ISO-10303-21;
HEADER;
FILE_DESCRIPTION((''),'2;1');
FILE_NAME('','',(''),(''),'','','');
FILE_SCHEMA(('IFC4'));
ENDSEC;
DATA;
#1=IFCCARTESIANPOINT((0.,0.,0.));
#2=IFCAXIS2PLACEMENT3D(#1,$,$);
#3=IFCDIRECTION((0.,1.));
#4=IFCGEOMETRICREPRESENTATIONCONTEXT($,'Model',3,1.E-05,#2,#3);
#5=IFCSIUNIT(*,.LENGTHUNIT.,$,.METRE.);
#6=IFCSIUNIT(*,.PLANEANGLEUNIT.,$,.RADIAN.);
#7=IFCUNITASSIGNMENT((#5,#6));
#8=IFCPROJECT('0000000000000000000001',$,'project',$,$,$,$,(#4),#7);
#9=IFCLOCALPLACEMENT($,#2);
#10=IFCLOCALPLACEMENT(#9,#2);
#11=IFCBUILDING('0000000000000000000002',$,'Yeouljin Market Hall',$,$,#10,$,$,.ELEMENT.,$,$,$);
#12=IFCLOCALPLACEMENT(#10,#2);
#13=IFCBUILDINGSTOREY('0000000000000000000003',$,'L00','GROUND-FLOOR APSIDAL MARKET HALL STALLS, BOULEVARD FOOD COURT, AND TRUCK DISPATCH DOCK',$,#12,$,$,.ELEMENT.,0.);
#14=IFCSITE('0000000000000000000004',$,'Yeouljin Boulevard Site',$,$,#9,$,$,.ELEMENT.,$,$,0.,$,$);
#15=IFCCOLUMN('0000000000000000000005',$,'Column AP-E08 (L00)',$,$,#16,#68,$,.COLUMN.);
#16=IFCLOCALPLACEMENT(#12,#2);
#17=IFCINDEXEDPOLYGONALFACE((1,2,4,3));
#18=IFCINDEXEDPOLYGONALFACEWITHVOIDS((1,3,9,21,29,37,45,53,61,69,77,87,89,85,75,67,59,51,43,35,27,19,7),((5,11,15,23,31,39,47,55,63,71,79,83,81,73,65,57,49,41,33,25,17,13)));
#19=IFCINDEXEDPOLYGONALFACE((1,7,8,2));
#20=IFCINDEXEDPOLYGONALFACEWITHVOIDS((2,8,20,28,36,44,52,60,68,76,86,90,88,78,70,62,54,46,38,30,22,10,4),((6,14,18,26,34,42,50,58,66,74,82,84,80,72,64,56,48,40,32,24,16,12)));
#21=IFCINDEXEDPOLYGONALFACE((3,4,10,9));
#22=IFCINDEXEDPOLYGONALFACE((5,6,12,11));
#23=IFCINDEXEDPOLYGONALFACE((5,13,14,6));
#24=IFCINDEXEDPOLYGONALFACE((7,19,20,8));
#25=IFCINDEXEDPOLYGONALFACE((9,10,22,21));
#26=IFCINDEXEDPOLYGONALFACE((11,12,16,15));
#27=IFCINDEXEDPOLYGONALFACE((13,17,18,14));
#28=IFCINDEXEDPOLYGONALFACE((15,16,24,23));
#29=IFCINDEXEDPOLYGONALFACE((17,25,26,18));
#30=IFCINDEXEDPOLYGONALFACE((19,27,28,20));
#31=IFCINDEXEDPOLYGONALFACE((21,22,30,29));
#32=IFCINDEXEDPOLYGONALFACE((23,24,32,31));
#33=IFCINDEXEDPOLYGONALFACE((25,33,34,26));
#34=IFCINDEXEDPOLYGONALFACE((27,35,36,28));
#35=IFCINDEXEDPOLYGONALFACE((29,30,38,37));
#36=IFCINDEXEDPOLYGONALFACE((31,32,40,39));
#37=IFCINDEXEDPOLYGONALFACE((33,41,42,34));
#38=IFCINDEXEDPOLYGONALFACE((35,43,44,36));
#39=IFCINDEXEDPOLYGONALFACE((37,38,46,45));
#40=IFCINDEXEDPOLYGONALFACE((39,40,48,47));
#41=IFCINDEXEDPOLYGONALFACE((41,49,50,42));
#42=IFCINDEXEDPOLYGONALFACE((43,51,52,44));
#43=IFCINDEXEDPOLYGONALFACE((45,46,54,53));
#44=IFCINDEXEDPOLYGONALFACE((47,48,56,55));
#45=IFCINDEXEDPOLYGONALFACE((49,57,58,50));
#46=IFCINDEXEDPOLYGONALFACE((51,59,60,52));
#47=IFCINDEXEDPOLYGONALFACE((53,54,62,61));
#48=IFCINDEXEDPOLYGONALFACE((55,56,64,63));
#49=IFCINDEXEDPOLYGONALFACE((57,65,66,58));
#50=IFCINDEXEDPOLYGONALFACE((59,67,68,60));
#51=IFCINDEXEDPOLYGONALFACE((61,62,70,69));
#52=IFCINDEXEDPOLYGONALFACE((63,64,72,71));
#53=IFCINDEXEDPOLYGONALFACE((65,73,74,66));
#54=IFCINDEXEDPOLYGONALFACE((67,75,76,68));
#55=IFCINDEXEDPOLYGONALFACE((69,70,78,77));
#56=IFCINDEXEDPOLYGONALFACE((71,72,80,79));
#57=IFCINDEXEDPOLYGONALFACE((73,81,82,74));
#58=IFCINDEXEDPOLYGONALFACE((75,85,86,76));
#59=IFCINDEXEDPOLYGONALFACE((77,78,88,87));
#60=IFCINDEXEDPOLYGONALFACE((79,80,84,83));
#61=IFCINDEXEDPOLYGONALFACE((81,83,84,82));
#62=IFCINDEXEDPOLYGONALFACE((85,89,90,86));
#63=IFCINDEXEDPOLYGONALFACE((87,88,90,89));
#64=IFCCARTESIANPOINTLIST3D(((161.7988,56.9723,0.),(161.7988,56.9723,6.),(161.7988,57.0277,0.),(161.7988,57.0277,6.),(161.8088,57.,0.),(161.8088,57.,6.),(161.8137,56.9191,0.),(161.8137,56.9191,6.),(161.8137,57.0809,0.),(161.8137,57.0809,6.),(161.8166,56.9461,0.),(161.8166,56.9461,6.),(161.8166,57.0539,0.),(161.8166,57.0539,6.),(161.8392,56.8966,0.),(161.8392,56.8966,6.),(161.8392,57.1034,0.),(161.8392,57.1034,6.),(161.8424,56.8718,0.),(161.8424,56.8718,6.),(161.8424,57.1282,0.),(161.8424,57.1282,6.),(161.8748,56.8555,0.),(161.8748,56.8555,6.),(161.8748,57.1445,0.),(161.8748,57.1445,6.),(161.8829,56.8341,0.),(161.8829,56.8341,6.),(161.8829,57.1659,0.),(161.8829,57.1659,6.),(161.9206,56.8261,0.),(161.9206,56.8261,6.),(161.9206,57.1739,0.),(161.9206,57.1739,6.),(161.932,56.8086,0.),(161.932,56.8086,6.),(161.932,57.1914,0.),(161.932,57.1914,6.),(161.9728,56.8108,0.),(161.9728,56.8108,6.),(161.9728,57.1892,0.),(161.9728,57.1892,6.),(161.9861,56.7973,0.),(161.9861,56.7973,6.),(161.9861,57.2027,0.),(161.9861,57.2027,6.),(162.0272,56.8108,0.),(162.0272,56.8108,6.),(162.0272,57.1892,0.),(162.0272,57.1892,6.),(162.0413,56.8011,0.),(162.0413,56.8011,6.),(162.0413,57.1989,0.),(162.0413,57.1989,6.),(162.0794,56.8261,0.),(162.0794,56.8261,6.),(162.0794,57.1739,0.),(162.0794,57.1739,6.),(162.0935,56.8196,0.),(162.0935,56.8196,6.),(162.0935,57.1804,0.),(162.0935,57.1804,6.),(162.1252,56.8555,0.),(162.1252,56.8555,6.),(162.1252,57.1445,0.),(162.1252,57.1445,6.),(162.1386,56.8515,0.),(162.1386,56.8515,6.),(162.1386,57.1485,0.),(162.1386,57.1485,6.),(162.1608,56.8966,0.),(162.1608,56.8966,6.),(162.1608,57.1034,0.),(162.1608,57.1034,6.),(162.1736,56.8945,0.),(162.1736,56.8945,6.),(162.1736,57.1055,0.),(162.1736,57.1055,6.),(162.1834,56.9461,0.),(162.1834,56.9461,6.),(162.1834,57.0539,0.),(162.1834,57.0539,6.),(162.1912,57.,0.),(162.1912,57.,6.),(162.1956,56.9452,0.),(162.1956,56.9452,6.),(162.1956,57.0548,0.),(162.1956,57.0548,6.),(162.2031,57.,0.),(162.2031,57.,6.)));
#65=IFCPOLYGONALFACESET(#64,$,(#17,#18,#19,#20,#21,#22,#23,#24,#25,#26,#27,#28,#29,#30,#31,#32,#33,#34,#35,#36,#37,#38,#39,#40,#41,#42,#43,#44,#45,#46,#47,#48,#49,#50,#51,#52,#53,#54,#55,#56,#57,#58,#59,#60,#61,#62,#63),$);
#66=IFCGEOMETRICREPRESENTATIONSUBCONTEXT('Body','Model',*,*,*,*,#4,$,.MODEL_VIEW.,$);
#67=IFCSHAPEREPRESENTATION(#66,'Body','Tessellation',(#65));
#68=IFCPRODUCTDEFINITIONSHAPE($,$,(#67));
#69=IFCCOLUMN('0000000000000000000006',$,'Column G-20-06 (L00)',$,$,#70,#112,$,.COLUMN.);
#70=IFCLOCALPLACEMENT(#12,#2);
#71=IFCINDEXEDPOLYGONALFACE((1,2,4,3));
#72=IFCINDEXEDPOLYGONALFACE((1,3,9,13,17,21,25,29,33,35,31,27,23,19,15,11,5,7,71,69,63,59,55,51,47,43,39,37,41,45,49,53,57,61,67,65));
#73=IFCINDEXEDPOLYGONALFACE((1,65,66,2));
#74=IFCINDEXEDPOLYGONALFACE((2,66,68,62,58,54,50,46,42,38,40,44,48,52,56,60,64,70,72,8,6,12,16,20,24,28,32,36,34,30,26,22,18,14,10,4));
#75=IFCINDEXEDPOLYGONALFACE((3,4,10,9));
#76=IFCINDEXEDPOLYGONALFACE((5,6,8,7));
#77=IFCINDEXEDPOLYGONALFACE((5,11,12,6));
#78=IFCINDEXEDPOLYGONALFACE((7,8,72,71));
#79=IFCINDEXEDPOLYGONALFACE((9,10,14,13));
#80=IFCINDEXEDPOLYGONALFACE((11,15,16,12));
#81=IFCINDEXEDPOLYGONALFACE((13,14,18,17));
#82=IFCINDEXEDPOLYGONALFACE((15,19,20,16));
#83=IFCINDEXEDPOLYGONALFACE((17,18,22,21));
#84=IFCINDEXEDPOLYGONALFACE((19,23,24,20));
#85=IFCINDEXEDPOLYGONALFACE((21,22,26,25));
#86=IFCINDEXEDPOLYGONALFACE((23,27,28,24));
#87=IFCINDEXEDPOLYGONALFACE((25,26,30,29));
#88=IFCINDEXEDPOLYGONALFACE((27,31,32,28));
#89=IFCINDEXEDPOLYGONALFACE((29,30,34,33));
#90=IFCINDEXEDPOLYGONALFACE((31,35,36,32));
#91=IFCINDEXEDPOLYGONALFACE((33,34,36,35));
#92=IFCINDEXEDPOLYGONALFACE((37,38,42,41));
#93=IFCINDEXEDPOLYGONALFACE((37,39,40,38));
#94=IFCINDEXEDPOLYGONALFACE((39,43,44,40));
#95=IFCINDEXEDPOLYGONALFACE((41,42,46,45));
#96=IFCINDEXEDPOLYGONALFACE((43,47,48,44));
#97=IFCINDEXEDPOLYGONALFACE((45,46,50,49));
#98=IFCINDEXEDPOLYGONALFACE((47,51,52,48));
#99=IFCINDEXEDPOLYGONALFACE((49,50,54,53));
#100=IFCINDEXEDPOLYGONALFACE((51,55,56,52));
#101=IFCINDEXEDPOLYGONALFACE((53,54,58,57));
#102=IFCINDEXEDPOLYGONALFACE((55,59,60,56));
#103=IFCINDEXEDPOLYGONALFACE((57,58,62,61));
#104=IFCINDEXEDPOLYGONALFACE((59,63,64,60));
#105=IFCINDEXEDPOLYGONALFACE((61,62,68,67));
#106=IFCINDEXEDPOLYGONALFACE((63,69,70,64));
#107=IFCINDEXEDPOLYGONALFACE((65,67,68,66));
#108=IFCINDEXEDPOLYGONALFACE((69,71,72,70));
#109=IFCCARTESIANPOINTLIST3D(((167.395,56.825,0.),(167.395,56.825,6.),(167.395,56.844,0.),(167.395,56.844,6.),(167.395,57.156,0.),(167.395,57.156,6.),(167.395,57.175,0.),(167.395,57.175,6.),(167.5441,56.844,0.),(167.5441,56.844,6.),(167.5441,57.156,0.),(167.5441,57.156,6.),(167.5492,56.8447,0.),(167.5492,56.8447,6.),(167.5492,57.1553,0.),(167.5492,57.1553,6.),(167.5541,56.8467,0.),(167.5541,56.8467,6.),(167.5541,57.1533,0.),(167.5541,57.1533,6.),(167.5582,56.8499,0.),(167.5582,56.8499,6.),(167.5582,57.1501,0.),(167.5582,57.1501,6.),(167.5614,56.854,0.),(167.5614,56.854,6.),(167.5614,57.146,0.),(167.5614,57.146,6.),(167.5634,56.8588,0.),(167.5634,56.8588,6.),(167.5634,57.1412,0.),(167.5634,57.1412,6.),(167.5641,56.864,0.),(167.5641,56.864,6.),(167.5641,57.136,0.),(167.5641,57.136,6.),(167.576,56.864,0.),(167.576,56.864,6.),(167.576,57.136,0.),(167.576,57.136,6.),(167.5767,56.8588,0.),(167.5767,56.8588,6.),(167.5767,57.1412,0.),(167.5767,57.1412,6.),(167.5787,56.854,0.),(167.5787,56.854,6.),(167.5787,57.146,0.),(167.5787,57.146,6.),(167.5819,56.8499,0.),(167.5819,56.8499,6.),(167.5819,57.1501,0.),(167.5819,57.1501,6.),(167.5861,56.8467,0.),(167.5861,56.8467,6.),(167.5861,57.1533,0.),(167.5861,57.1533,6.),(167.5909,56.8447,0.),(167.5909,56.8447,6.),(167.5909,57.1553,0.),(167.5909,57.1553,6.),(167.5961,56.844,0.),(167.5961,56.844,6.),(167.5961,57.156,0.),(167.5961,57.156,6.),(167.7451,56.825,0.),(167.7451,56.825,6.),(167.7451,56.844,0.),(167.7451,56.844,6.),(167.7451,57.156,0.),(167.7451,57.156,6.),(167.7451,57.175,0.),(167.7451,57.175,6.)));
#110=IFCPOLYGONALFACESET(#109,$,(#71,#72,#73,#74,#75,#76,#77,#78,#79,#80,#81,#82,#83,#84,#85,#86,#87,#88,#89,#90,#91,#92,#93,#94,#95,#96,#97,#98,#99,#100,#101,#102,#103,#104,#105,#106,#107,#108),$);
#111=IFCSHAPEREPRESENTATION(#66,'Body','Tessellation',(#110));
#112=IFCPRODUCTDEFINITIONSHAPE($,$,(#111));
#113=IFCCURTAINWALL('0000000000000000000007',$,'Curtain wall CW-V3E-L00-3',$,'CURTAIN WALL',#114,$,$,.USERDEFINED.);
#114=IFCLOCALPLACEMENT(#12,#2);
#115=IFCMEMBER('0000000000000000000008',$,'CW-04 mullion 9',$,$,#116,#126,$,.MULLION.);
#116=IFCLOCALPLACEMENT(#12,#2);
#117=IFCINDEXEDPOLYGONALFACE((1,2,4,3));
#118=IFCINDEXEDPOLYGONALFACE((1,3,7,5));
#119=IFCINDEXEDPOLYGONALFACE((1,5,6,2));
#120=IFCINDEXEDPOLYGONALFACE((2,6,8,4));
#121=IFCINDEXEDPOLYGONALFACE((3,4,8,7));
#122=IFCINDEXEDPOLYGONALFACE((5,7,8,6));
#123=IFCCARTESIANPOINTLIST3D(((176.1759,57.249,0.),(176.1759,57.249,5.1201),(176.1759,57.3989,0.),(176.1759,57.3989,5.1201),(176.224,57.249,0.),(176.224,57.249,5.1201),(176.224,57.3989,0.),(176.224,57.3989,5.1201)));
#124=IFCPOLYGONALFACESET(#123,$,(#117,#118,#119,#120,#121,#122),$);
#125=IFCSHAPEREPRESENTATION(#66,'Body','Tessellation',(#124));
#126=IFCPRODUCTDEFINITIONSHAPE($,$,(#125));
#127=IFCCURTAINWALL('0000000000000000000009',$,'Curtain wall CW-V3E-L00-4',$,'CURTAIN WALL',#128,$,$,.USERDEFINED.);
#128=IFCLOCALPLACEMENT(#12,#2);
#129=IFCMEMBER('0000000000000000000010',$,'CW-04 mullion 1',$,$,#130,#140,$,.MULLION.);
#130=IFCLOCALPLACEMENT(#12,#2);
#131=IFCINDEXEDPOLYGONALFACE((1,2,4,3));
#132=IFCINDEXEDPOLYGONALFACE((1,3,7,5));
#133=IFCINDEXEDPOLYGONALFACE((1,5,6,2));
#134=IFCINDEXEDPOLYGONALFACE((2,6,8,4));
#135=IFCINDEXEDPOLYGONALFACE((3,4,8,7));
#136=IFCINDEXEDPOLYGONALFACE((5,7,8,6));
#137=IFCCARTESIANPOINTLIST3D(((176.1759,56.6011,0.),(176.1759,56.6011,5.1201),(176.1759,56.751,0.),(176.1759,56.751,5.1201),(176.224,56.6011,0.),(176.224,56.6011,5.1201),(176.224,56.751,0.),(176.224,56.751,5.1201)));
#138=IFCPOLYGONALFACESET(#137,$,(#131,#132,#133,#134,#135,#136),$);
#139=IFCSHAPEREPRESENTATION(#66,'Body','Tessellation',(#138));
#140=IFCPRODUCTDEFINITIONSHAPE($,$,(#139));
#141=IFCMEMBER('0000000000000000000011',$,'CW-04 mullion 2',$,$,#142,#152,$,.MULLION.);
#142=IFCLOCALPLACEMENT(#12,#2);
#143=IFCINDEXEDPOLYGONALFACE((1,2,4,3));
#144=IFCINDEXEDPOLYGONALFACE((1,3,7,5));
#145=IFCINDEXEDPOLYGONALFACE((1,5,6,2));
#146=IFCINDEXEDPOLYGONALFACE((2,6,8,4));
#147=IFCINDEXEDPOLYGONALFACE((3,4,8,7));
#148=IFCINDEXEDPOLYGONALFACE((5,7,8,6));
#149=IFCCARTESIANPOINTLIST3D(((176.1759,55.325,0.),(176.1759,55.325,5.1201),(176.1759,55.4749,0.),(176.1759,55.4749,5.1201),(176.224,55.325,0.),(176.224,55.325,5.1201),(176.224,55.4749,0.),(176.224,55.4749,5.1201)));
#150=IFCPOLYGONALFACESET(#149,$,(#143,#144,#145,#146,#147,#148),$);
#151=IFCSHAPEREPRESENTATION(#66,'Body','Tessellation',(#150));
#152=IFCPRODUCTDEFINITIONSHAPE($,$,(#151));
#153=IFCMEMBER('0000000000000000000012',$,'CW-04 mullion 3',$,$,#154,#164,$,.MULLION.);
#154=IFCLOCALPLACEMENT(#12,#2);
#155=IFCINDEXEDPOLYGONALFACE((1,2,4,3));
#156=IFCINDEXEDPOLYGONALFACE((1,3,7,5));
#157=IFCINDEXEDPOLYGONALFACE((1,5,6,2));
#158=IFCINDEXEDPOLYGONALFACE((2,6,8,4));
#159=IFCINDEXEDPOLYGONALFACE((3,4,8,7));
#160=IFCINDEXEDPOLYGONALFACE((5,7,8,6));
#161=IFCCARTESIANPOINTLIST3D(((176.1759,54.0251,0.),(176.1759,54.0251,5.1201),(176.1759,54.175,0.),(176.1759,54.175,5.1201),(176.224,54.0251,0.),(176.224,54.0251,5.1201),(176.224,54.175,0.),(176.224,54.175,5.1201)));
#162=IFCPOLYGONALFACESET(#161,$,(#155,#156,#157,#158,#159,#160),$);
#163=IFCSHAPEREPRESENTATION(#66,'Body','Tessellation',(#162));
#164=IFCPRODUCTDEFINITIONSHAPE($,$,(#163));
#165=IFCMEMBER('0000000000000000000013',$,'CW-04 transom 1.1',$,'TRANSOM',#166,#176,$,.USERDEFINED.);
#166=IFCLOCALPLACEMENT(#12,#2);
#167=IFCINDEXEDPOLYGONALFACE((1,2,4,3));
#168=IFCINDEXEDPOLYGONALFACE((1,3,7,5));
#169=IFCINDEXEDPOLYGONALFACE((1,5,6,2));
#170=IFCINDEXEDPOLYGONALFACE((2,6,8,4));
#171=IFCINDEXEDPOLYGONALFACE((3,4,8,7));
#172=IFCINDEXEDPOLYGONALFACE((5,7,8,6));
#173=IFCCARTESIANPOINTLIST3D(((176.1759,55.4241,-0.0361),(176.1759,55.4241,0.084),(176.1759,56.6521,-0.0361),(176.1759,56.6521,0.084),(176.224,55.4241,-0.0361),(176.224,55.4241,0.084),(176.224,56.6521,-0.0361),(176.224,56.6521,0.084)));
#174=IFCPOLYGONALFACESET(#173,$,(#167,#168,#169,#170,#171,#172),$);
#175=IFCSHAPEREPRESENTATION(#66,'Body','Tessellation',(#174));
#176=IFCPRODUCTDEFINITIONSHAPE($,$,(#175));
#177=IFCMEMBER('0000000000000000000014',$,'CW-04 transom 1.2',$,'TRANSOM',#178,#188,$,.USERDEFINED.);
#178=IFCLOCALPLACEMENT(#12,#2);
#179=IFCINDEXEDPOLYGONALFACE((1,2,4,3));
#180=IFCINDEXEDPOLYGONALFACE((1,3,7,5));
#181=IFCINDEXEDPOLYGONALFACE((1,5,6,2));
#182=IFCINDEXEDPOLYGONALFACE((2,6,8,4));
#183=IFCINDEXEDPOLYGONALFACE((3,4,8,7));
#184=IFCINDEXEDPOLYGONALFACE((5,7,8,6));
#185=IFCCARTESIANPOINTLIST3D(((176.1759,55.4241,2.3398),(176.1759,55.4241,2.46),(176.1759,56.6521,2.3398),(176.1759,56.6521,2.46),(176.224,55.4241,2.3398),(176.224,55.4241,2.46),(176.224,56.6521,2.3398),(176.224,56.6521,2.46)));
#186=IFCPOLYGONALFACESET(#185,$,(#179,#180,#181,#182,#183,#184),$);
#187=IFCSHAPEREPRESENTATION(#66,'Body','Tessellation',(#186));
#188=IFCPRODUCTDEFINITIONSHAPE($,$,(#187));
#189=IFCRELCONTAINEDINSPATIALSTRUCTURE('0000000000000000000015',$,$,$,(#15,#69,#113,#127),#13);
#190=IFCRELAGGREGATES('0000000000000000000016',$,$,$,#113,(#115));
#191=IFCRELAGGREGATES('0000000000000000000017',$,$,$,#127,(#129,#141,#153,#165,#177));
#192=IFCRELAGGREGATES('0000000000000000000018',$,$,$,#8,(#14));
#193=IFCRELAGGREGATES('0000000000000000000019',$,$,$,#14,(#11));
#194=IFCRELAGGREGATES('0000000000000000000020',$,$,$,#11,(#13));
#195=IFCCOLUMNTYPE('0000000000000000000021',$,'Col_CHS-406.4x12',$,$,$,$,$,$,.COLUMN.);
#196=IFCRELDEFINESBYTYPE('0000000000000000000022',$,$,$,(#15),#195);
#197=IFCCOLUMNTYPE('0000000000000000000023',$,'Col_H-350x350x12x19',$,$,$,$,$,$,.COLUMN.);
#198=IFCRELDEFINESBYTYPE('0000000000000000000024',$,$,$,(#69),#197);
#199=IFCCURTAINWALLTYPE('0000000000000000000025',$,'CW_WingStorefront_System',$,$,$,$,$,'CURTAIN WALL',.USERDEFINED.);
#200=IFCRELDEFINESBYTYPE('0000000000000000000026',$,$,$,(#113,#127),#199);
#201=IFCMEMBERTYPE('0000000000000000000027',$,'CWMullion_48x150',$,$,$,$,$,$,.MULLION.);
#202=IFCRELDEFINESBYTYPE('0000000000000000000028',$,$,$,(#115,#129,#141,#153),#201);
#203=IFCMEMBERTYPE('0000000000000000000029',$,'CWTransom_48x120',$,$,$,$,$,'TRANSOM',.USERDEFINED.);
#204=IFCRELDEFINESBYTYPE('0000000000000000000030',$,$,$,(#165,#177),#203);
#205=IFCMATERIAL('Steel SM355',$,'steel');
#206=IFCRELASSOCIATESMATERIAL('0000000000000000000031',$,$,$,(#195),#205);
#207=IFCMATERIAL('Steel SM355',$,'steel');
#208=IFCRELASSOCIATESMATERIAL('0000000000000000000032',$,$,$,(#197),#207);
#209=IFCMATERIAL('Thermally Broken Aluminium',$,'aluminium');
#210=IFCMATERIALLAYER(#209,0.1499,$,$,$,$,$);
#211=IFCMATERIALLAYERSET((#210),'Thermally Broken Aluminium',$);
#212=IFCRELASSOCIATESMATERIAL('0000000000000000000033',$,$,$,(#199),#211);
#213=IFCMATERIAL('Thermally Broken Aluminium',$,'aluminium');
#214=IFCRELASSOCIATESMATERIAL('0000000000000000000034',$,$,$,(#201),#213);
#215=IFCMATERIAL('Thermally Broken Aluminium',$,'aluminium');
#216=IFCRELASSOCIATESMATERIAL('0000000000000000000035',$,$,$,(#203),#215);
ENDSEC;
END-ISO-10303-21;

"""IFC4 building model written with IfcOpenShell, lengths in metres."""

from ifc_helpers import new_model, si_unit, direction, frame, origin, origin_2d, place, context, subcontext, project, spatial, rectangle, hollow_circle, i_section, extrude, material, layer, layer_set, material_profile, profile_set, type_object, element, aggregate, save


model = new_model("IFC4")

# Units and contexts
model_context = context("Model", 3, precision=1e-05, world=origin(), true_north=direction((0.0, 1.0)))
body_context = subcontext(model_context, "Body", "Model", "MODEL_VIEW")
ifc_project = project(units=[si_unit("LENGTHUNIT", "METRE"), si_unit("PLANEANGLEUNIT", "RADIAN")], contexts=[model_context])

# Site, building, storey
site_placement = place(None, origin())
site = spatial("IfcSite", under=ifc_project, at=site_placement, Name="Yeouljin Boulevard Site", CompositionType="ELEMENT", RefElevation=0.0)
building_placement = place(site_placement, origin())
building = spatial("IfcBuilding", under=site, at=building_placement, Name="Yeouljin Market Hall", CompositionType="ELEMENT")
storey_placement = place(building_placement, origin())
storey = spatial("IfcBuildingStorey", under=building, at=storey_placement, Name="L00", Description="GROUND-FLOOR APSIDAL MARKET HALL STALLS, BOULEVARD FOOD COURT, AND TRUCK DISPATCH DOCK", CompositionType="ELEMENT", Elevation=0.0)

# Columns
ifc_material_1 = material(Name="Steel SM355", Category="steel")
ifc_material_profile_1 = material_profile(ifc_material_1, hollow_circle(Radius=0.2031, WallThickness=0.012, at=origin_2d()), Name="CHS-406.4x12")
ifc_profile_set_1 = profile_set([ifc_material_profile_1], Name="Steel SM355")
column_type_1 = type_object("IfcColumnType", Name="Col_CHS-406.4x12", PredefinedType="COLUMN", material=ifc_profile_set_1)
column_1_placement = place(storey_placement, frame((162.0, 57.0, 0.0), z_axis=(0.0, 0.0, 1.0), x_axis=(1.0, 0.0, 0.0)))
element("IfcColumn", 1, at=column_1_placement, inside=storey, type_object=column_type_1, Name="Column AP-E08 (L00)", PredefinedType="COLUMN", context=body_context, shape_type="SweptSolid", body=[
    extrude(hollow_circle(Radius=0.2031, WallThickness=0.012, at=origin_2d()), origin(), (0.0, 0.0, 1.0), 6.0),
])
ifc_material_2 = material(Name="Steel SM355", Category="steel")
ifc_material_profile_2 = material_profile(ifc_material_2, i_section(OverallWidth=0.3501, OverallDepth=0.3501, WebThickness=0.012, FlangeThickness=0.019, FilletRadius=0.02, at=origin_2d()), Name="H-350x350x12x19")
ifc_profile_set_2 = profile_set([ifc_material_profile_2], Name="Steel SM355")
column_type_2 = type_object("IfcColumnType", Name="Col_H-350x350x12x19", PredefinedType="COLUMN", material=ifc_profile_set_2)
column_2_placement = place(storey_placement, frame((167.5701, 57.0, 0.0), z_axis=(0.0, 0.0, 1.0), x_axis=(1.0, 0.0, 0.0)))
element("IfcColumn", 2, at=column_2_placement, inside=storey, type_object=column_type_2, Name="Column G-20-06 (L00)", PredefinedType="COLUMN", context=body_context, shape_type="SweptSolid", body=[
    extrude(i_section(OverallWidth=0.3501, OverallDepth=0.3501, WebThickness=0.012, FlangeThickness=0.019, FilletRadius=0.02, at=origin_2d()), origin(), (0.0, 0.0, 1.0), 6.0),
])

# Curtain wall, member
ifc_material_3 = material(Name="Thermally Broken Aluminium", Category="aluminium")
ifc_layer_1 = layer(ifc_material_3, 0.1499)
ifc_layer_set_1 = layer_set([ifc_layer_1], Name="Thermally Broken Aluminium")
curtain_wall_type = type_object("IfcCurtainWallType", Name="CW_WingStorefront_System", ElementType="CURTAIN WALL", PredefinedType="USERDEFINED", material=ifc_layer_set_1)
curtain_wall_1_placement = place(storey_placement, origin())
curtain_wall_1 = element("IfcCurtainWall", 3, at=curtain_wall_1_placement, inside=storey, type_object=curtain_wall_type, Name="Curtain wall CW-V3E-L00-3", ObjectType="CURTAIN WALL", PredefinedType="USERDEFINED")
ifc_material_4 = material(Name="Thermally Broken Aluminium", Category="aluminium")
ifc_material_profile_3 = material_profile(ifc_material_4, rectangle(XDim=0.0481, YDim=0.1499, at=origin_2d()), Name="CW-MULL-48x150")
ifc_profile_set_3 = profile_set([ifc_material_profile_3], Name="Thermally Broken Aluminium")
member_type_1 = type_object("IfcMemberType", Name="CWMullion_48x150", PredefinedType="MULLION", material=ifc_profile_set_3)
member_1_placement = place(storey_placement, frame((176.2, 57.324, 0.0), z_axis=(0.0, 0.0, 1.0), x_axis=(1.0, 0.0, 0.0)))
member_1 = element("IfcMember", 4, at=member_1_placement, type_object=member_type_1, Name="CW-04 mullion 9", PredefinedType="MULLION", context=body_context, shape_type="SweptSolid", body=[
    extrude(rectangle(XDim=0.0481, YDim=0.1499, at=origin_2d()), origin(), (0.0, 0.0, 1.0), 5.1201),
])

# Curtain wall, members
curtain_wall_2_placement = place(storey_placement, origin())
curtain_wall_2 = element("IfcCurtainWall", 5, at=curtain_wall_2_placement, inside=storey, type_object=curtain_wall_type, Name="Curtain wall CW-V3E-L00-4", ObjectType="CURTAIN WALL", PredefinedType="USERDEFINED")
member_2_placement = place(storey_placement, frame((176.2, 56.676, 0.0), z_axis=(0.0, 0.0, 1.0), x_axis=(1.0, 0.0, 0.0)))
member_2 = element("IfcMember", 6, at=member_2_placement, type_object=member_type_1, Name="CW-04 mullion 1", PredefinedType="MULLION", context=body_context, shape_type="SweptSolid", body=[
    extrude(rectangle(XDim=0.0481, YDim=0.1499, at=origin_2d()), origin(), (0.0, 0.0, 1.0), 5.1201),
])
member_3_placement = place(storey_placement, frame((176.2, 55.3999, 0.0), z_axis=(0.0, 0.0, 1.0), x_axis=(1.0, 0.0, 0.0)))
member_3 = element("IfcMember", 7, at=member_3_placement, type_object=member_type_1, Name="CW-04 mullion 2", PredefinedType="MULLION", context=body_context, shape_type="SweptSolid", body=[
    extrude(rectangle(XDim=0.0481, YDim=0.1499, at=origin_2d()), origin(), (0.0, 0.0, 1.0), 5.1201),
])
member_4_placement = place(storey_placement, frame((176.2, 54.1001, 0.0), z_axis=(0.0, 0.0, 1.0), x_axis=(1.0, 0.0, 0.0)))
member_4 = element("IfcMember", 8, at=member_4_placement, type_object=member_type_1, Name="CW-04 mullion 3", PredefinedType="MULLION", context=body_context, shape_type="SweptSolid", body=[
    extrude(rectangle(XDim=0.0481, YDim=0.1499, at=origin_2d()), origin(), (0.0, 0.0, 1.0), 5.1201),
])
ifc_material_5 = material(Name="Thermally Broken Aluminium", Category="aluminium")
ifc_material_profile_4 = material_profile(ifc_material_5, rectangle(XDim=0.0481, YDim=0.1201, at=origin_2d()), Name="CW-TRAN-48x120")
ifc_profile_set_4 = profile_set([ifc_material_profile_4], Name="Thermally Broken Aluminium")
member_type_2 = type_object("IfcMemberType", Name="CWTransom_48x120", ElementType="TRANSOM", PredefinedType="USERDEFINED", material=ifc_profile_set_4)
member_5_placement = place(storey_placement, frame((176.2, 56.6521, 0.0239), z_axis=(0.0, -1.0, 0.0), x_axis=(1.0, 0.0, 0.0)))
member_5 = element("IfcMember", 9, at=member_5_placement, type_object=member_type_2, Name="CW-04 transom 1.1", ObjectType="TRANSOM", PredefinedType="USERDEFINED", context=body_context, shape_type="SweptSolid", body=[
    extrude(rectangle(XDim=0.0481, YDim=0.1201, at=origin_2d()), origin(), (0.0, 0.0, 1.0), 1.228),
])
member_6_placement = place(storey_placement, frame((176.2, 56.6521, 2.3999), z_axis=(0.0, -1.0, 0.0), x_axis=(1.0, 0.0, 0.0)))
member_6 = element("IfcMember", 10, at=member_6_placement, type_object=member_type_2, Name="CW-04 transom 1.2", ObjectType="TRANSOM", PredefinedType="USERDEFINED", context=body_context, shape_type="SweptSolid", body=[
    extrude(rectangle(XDim=0.0481, YDim=0.1201, at=origin_2d()), origin(), (0.0, 0.0, 1.0), 1.228),
])

aggregate(curtain_wall_1, [member_1])
aggregate(curtain_wall_2, [member_2, member_3, member_4, member_5, member_6])

save(model, "model.ifc")
